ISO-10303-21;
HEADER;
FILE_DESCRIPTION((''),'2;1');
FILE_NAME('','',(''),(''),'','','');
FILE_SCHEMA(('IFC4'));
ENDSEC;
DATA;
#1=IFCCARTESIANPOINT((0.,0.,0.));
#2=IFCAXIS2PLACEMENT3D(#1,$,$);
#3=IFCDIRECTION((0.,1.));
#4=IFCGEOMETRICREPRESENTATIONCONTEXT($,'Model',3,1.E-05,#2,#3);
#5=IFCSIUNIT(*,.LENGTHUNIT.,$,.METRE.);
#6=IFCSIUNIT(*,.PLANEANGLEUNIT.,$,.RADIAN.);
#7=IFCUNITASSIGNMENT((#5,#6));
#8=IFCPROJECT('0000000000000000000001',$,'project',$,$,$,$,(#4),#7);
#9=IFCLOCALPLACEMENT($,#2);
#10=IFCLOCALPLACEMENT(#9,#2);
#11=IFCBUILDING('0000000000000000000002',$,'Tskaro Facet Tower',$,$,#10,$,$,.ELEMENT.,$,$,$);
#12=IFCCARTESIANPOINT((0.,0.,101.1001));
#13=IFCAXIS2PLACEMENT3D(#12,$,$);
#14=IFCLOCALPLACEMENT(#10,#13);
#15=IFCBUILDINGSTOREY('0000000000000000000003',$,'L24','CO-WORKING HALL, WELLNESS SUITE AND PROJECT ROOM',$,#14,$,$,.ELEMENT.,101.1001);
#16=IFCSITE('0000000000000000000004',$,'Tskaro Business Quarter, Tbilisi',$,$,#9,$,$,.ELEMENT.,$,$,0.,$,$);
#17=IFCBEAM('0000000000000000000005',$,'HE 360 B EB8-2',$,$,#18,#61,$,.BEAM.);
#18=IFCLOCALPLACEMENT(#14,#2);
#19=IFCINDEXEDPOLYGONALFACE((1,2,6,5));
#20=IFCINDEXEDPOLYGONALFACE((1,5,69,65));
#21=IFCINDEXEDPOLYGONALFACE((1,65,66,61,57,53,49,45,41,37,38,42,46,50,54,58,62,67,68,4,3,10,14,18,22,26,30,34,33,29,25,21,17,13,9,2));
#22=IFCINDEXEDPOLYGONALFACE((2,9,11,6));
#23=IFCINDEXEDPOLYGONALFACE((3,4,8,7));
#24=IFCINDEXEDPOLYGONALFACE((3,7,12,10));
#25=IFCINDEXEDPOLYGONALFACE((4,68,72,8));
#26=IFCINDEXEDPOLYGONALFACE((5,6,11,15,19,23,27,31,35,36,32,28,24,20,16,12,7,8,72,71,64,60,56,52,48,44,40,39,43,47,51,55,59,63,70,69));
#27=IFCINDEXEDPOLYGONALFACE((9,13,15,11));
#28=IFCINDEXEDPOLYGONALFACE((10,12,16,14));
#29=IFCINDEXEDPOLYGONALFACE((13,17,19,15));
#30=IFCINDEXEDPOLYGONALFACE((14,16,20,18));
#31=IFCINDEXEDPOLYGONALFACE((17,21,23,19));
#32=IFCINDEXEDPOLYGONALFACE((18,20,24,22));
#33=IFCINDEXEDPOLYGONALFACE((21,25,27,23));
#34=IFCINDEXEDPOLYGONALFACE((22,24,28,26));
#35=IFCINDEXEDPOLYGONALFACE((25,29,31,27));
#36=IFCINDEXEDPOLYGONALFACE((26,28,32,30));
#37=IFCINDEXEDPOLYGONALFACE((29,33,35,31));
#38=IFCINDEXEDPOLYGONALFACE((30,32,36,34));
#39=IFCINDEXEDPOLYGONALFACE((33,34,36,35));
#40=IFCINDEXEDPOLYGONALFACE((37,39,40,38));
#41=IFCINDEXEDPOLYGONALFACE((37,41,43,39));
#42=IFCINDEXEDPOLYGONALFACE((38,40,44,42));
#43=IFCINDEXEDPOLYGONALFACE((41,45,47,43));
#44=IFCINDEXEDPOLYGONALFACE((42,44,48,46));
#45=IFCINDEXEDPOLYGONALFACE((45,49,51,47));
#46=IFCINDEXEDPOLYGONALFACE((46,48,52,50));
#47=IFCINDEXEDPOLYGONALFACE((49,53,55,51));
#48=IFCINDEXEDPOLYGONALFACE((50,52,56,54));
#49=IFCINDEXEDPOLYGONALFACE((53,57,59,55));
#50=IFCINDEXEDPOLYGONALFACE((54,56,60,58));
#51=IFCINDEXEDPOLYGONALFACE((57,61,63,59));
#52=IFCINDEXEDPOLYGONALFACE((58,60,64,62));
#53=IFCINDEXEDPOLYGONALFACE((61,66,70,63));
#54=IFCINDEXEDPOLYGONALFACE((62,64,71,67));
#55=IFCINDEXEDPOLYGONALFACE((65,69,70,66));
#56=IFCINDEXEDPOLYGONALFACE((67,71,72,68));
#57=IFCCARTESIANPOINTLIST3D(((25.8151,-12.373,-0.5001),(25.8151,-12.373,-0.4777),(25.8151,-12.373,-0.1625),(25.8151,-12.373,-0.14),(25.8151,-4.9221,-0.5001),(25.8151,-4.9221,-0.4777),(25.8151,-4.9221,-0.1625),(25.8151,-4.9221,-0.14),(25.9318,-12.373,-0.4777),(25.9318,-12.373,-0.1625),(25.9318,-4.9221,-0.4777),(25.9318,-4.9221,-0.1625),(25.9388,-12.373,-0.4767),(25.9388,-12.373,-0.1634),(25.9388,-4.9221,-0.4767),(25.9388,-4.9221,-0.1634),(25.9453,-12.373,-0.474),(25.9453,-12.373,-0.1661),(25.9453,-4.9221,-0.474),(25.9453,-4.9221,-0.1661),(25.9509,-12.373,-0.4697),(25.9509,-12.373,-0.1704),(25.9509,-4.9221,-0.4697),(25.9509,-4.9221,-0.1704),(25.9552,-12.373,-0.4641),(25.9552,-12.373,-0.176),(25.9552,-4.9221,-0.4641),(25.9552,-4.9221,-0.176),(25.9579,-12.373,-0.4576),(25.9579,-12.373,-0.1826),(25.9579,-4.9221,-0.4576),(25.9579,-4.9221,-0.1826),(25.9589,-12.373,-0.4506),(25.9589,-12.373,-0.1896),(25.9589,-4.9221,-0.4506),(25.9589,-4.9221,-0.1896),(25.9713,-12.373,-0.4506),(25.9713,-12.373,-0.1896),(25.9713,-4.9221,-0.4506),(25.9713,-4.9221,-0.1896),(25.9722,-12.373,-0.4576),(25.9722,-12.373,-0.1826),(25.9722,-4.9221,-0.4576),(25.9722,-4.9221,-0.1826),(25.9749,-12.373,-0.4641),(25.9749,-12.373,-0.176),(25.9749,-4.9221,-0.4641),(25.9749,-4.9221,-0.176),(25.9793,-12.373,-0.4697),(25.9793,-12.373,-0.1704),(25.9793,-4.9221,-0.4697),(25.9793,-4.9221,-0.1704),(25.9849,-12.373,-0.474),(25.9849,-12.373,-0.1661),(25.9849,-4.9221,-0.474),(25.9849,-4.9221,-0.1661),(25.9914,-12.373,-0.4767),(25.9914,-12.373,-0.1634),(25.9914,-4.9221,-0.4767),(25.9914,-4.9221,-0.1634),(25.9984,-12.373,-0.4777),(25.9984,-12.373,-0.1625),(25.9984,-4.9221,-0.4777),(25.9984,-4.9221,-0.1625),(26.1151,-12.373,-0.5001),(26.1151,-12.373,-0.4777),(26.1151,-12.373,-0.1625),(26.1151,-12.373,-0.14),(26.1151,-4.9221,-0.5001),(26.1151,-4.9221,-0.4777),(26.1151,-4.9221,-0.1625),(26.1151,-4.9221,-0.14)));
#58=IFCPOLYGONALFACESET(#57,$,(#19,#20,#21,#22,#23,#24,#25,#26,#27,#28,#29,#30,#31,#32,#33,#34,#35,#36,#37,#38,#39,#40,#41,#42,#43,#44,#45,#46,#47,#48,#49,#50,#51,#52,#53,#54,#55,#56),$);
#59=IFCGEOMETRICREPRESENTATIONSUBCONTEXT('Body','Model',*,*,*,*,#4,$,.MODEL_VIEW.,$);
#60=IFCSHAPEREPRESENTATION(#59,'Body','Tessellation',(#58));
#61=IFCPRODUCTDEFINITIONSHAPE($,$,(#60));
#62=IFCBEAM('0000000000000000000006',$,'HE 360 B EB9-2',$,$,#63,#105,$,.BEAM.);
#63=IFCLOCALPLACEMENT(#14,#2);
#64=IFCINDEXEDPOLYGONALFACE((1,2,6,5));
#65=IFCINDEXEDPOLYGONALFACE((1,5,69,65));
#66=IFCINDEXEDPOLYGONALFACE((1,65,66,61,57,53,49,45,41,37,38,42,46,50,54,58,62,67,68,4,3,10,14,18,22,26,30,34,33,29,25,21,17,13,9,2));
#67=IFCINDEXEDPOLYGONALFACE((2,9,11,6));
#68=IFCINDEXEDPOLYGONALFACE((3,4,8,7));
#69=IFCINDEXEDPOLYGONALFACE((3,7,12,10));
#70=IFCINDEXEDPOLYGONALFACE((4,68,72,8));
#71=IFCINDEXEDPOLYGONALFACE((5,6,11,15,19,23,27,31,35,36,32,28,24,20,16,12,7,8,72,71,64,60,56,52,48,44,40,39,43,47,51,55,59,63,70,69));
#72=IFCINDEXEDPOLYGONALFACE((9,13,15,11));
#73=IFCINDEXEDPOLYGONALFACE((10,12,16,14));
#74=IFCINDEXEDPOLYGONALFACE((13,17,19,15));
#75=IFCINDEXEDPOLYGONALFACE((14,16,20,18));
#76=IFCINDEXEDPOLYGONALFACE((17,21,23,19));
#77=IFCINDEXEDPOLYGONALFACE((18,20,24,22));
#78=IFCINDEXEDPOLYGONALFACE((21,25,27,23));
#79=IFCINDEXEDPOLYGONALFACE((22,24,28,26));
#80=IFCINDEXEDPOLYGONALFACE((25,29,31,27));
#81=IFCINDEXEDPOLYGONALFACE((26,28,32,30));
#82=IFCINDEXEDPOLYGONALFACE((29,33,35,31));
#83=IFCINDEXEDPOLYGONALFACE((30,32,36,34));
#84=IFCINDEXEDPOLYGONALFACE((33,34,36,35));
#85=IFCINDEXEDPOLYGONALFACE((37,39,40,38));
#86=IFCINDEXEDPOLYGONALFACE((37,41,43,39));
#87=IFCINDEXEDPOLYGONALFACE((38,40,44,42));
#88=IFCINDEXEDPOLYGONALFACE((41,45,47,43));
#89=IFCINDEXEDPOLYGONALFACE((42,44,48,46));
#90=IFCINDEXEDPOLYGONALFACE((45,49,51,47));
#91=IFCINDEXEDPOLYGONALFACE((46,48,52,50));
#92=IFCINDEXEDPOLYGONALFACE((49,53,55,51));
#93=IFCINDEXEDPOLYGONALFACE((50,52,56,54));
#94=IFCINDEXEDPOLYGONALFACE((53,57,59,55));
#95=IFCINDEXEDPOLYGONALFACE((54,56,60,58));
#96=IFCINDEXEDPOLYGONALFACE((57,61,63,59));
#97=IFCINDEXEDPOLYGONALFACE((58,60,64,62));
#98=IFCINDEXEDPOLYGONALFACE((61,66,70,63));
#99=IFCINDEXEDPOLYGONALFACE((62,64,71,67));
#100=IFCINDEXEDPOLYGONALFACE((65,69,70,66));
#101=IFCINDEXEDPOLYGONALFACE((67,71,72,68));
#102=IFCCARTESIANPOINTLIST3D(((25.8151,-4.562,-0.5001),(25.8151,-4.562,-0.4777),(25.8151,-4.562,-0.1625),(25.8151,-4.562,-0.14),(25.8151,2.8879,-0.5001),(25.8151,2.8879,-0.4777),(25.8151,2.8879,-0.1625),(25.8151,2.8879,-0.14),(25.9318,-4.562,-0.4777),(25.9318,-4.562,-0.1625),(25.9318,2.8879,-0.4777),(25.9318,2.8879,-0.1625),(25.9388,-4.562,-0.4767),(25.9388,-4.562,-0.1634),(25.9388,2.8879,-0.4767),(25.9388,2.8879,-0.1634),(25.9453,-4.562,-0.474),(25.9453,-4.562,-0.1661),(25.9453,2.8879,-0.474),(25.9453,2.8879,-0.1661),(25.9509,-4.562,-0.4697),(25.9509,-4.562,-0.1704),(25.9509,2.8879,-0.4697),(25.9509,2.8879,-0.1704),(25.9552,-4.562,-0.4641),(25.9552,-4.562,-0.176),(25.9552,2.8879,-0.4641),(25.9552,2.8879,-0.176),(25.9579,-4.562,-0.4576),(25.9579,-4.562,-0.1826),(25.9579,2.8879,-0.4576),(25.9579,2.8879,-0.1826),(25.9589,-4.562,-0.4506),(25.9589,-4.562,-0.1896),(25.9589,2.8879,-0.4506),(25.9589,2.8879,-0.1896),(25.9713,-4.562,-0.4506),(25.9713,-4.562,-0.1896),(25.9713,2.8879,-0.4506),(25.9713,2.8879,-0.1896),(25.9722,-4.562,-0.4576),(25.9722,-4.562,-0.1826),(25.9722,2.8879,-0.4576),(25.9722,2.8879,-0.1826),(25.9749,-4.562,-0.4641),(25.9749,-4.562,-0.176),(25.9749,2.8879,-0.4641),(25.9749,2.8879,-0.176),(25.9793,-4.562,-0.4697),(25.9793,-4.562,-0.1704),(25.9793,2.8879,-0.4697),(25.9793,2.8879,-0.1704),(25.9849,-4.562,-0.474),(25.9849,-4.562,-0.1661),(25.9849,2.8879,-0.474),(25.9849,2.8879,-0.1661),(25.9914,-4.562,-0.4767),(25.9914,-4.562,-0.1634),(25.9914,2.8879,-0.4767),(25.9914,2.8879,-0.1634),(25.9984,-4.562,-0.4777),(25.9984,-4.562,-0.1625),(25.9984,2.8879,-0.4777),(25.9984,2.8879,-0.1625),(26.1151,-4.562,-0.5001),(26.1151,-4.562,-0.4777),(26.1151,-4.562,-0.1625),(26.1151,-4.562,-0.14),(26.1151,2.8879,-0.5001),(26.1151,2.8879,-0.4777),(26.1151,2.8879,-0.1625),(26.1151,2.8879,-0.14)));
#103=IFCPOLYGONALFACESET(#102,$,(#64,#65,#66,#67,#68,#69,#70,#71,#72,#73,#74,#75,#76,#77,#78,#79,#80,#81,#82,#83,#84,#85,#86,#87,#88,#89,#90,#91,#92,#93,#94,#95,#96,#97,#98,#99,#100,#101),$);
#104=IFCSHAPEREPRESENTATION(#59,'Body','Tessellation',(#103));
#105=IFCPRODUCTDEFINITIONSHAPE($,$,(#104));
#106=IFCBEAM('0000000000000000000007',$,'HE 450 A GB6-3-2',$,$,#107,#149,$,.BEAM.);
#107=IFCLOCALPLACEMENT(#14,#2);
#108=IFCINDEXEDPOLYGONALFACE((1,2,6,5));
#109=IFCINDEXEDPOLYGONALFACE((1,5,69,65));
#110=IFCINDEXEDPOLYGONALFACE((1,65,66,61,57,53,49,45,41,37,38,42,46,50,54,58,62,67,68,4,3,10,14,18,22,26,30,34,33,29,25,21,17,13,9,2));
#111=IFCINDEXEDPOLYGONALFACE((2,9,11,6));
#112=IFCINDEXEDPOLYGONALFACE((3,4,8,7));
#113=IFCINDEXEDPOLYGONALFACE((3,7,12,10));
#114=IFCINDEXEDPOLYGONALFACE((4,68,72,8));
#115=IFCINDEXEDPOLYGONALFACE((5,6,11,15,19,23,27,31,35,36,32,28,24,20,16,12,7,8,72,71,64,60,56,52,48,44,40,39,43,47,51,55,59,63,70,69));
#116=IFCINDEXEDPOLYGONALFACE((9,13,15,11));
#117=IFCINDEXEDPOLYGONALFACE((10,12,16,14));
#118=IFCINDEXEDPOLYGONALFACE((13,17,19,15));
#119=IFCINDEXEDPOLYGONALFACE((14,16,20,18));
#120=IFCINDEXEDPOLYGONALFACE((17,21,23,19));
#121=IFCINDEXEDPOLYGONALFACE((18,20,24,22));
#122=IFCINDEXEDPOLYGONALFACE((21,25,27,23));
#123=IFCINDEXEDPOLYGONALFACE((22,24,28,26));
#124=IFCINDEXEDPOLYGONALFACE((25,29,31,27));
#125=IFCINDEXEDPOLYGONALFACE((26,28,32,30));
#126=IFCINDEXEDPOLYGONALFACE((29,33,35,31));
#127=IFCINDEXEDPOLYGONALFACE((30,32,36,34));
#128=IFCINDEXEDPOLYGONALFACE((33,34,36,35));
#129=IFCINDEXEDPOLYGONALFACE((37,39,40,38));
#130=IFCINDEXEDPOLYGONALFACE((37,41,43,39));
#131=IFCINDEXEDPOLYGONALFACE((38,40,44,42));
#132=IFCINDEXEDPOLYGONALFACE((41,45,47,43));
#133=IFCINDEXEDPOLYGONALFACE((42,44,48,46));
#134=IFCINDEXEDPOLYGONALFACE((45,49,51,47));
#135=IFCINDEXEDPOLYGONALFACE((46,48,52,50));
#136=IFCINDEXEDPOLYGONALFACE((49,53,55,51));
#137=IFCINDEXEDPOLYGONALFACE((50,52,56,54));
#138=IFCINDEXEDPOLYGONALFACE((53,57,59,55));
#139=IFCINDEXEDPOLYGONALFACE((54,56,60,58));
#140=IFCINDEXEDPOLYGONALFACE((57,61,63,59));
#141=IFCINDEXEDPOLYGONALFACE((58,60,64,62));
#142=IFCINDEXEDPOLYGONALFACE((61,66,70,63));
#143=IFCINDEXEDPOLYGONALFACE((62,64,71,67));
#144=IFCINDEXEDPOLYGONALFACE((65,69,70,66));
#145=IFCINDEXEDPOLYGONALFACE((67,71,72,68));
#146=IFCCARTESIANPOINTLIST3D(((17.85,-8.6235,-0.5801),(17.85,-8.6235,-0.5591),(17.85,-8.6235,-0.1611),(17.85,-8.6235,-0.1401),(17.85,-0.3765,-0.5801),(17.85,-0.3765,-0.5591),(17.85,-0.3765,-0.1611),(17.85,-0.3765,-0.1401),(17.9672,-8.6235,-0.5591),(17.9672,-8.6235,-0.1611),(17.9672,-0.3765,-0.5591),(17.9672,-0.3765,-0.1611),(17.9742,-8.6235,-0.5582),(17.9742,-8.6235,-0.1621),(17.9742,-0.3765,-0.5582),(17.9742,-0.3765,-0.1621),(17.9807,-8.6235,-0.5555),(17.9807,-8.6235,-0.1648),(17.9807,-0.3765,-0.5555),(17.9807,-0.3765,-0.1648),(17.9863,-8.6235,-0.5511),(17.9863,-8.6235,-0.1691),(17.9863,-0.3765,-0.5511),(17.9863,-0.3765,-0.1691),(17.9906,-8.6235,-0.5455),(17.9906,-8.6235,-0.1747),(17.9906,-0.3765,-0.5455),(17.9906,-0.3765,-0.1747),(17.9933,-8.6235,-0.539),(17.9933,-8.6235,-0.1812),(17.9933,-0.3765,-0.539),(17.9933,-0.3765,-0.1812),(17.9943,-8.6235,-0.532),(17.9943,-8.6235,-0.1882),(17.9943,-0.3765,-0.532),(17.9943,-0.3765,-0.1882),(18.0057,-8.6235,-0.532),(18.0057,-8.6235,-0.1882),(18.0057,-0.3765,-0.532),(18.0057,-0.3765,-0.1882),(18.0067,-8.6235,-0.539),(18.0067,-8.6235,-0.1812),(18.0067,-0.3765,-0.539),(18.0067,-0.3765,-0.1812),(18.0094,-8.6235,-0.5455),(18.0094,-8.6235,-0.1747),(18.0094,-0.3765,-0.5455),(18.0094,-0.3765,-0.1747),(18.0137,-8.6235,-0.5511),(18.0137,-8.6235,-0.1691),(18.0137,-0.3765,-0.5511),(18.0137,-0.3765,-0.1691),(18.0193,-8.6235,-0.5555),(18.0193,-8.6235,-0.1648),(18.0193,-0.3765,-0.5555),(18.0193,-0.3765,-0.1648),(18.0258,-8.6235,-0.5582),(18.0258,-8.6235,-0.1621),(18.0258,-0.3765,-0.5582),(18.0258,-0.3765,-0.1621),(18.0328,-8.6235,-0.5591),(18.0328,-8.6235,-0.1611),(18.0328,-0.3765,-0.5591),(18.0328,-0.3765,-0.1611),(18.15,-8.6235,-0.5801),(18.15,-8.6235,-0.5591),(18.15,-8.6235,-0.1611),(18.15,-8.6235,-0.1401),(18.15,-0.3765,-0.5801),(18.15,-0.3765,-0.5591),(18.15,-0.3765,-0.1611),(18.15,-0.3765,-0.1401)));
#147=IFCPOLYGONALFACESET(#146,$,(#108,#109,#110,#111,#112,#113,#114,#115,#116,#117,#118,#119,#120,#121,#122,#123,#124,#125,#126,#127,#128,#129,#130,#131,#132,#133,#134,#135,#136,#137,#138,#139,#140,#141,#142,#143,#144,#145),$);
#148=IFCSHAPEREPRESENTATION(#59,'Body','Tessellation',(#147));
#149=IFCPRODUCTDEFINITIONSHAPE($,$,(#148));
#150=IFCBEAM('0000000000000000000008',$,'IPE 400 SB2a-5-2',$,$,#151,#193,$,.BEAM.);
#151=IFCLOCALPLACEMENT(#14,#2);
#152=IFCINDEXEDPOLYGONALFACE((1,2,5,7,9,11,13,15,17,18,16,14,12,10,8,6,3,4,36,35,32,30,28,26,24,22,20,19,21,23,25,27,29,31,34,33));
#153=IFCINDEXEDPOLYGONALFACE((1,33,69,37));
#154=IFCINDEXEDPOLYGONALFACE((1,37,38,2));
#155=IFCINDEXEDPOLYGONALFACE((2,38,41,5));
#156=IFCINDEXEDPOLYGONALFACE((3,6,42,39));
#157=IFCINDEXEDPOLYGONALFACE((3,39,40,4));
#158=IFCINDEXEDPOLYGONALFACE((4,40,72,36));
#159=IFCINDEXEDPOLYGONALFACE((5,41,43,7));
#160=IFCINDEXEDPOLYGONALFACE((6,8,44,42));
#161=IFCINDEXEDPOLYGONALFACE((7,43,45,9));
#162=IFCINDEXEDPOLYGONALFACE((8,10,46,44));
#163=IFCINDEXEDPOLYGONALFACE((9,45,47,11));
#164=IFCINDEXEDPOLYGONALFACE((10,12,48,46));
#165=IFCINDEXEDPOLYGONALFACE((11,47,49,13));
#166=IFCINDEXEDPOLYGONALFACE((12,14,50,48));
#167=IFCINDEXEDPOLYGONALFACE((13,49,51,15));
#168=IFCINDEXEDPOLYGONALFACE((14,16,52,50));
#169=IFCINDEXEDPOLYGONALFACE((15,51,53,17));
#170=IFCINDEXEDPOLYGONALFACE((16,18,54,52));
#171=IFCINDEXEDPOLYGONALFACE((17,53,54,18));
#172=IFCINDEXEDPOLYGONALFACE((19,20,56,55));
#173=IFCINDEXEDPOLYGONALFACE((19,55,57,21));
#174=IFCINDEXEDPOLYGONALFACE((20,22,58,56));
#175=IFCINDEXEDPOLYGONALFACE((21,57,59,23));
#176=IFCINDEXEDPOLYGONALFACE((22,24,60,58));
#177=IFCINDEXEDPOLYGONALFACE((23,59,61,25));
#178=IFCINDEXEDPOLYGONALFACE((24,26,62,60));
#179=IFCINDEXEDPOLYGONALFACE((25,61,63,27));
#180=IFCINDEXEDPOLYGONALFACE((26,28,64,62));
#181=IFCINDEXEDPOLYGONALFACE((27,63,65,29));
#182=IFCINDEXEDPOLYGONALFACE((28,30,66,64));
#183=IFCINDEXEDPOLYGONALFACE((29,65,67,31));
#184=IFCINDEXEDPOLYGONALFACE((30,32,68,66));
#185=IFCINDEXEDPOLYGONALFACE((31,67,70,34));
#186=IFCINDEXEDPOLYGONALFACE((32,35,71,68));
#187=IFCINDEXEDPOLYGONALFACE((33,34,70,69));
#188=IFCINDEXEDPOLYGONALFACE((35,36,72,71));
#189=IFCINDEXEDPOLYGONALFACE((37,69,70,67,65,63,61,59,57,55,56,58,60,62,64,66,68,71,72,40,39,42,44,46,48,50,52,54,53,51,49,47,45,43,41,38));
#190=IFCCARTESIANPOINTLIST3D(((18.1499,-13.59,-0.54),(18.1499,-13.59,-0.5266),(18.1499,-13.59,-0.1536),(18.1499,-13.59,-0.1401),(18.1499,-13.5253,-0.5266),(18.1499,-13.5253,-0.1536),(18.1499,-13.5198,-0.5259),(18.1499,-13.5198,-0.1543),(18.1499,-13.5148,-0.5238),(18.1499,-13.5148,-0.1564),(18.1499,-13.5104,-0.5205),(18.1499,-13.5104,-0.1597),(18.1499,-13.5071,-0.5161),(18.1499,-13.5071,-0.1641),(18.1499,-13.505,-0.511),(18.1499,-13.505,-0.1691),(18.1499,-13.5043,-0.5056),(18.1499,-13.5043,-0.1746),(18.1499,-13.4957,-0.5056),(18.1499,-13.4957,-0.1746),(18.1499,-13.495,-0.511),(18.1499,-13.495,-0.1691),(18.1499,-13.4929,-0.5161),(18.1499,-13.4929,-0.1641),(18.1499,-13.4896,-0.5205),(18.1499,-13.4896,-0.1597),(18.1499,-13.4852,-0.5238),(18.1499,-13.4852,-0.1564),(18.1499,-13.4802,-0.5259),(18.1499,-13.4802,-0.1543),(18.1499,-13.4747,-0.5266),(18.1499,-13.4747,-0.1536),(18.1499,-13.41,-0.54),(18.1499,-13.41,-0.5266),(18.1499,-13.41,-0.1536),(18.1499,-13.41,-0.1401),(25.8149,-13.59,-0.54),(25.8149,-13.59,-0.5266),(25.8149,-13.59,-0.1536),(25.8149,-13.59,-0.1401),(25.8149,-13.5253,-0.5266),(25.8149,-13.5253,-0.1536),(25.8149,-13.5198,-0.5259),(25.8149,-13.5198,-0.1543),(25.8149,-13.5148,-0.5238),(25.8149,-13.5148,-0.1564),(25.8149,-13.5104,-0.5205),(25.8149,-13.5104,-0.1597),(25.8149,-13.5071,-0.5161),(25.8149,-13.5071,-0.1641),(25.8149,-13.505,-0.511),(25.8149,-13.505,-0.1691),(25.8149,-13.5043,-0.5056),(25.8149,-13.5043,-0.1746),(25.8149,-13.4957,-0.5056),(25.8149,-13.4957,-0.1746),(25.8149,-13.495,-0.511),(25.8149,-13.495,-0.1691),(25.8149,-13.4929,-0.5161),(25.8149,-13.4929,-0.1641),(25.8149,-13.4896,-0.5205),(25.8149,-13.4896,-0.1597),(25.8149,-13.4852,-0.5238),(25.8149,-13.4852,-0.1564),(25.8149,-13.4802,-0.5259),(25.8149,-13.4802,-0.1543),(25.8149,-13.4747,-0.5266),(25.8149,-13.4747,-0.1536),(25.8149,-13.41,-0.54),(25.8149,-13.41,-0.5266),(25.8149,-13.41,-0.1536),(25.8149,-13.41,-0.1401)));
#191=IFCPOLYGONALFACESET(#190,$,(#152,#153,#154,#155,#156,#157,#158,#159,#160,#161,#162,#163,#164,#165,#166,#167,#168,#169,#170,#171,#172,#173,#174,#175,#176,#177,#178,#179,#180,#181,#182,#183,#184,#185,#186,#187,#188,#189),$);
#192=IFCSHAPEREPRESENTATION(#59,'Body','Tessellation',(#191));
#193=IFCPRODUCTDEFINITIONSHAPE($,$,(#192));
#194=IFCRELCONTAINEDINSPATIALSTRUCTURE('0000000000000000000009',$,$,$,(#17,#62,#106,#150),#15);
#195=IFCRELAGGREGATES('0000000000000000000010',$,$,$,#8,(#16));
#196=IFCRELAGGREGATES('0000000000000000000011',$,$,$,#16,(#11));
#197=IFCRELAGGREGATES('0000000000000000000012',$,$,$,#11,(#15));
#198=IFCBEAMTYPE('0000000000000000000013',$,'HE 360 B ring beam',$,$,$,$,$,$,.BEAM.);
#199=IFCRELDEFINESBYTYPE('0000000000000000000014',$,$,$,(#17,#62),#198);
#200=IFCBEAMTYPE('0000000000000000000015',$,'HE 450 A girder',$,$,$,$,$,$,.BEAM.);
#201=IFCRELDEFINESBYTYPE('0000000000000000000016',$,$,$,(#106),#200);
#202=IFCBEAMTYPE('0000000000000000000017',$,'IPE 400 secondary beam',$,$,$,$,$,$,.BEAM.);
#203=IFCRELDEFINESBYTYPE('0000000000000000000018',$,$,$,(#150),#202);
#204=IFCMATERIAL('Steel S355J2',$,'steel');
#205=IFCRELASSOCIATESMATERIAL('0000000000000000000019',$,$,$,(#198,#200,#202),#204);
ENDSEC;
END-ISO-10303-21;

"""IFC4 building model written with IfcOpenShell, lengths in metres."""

from ifc_helpers import new_model, si_unit, direction, frame, origin, origin_2d, place, context, subcontext, project, spatial, i_section, extrude, material, material_profile, profile_set, type_object, element, save


model = new_model("IFC4")

# Units and contexts
model_context = context("Model", 3, precision=1e-05, world=origin(), true_north=direction((0.0, 1.0)))
body_context = subcontext(model_context, "Body", "Model", "MODEL_VIEW")
ifc_project = project(units=[si_unit("LENGTHUNIT", "METRE"), si_unit("PLANEANGLEUNIT", "RADIAN")], contexts=[model_context])

# Site, building, storey
site_placement = place(None, origin())
site = spatial("IfcSite", under=ifc_project, at=site_placement, Name="Tskaro Business Quarter, Tbilisi", CompositionType="ELEMENT", RefElevation=0.0)
building_placement = place(site_placement, origin())
building = spatial("IfcBuilding", under=site, at=building_placement, Name="Tskaro Facet Tower", CompositionType="ELEMENT")
storey_placement = place(building_placement, frame((0.0, 0.0, 101.1001)))
storey = spatial("IfcBuildingStorey", under=building, at=storey_placement, Name="L24", Description="CO-WORKING HALL, WELLNESS SUITE AND PROJECT ROOM", CompositionType="ELEMENT", Elevation=101.1001)

# Beams
ifc_material_1 = material(Name="Steel S355J2", Category="steel")
ifc_material_profile_1 = material_profile(ifc_material_1, i_section(OverallWidth=0.3, OverallDepth=0.3601, WebThickness=0.0125, FlangeThickness=0.0225, FilletRadius=0.0271, at=origin_2d()), Name="HE 360 B")
ifc_profile_set_1 = profile_set([ifc_material_profile_1], Name="Steel S355J2")
beam_type_1 = type_object("IfcBeamType", Name="HE 360 B ring beam", PredefinedType="BEAM", material=ifc_profile_set_1)
beam_1_placement = place(storey_placement, frame((25.9651, -12.373, -0.3201), z_axis=(0.0, 1.0, 0.0), x_axis=(-1.0, 0.0, 0.0)))
element("IfcBeam", 1, at=beam_1_placement, inside=storey, type_object=beam_type_1, Name="HE 360 B EB8-2", PredefinedType="BEAM", context=body_context, shape_type="SweptSolid", body=[
    extrude(i_section(OverallWidth=0.3, OverallDepth=0.3601, WebThickness=0.0125, FlangeThickness=0.0225, FilletRadius=0.0271, at=origin_2d()), origin(), (0.0, 0.0, 1.0), 7.4509),
])
beam_2_placement = place(storey_placement, frame((25.9651, -4.562, -0.3201), z_axis=(0.0, 1.0, 0.0), x_axis=(-1.0, 0.0, 0.0)))
element("IfcBeam", 2, at=beam_2_placement, inside=storey, type_object=beam_type_1, Name="HE 360 B EB9-2", PredefinedType="BEAM", context=body_context, shape_type="SweptSolid", body=[
    extrude(i_section(OverallWidth=0.3, OverallDepth=0.3601, WebThickness=0.0125, FlangeThickness=0.0225, FilletRadius=0.0271, at=origin_2d()), origin(), (0.0, 0.0, 1.0), 7.45),
])
ifc_material_profile_2 = material_profile(ifc_material_1, i_section(OverallWidth=0.3, OverallDepth=0.4399, WebThickness=0.0115, FlangeThickness=0.021, FilletRadius=0.0271, at=origin_2d()), Name="HE 450 A")
ifc_profile_set_2 = profile_set([ifc_material_profile_2], Name="Steel S355J2")
beam_type_2 = type_object("IfcBeamType", Name="HE 450 A girder", PredefinedType="BEAM", material=ifc_profile_set_2)
beam_3_placement = place(storey_placement, frame((18.0, -8.6235, -0.3601), z_axis=(0.0, 1.0, 0.0), x_axis=(-1.0, 0.0, 0.0)))
element("IfcBeam", 3, at=beam_3_placement, inside=storey, type_object=beam_type_2, Name="HE 450 A GB6-3-2", PredefinedType="BEAM", context=body_context, shape_type="SweptSolid", body=[
    extrude(i_section(OverallWidth=0.3, OverallDepth=0.4399, WebThickness=0.0115, FlangeThickness=0.021, FilletRadius=0.0271, at=origin_2d()), origin(), (0.0, 0.0, 1.0), 8.2471),
])
ifc_material_profile_3 = material_profile(ifc_material_1, i_section(OverallWidth=0.1799, OverallDepth=0.3999, WebThickness=0.0085, FlangeThickness=0.0134, FilletRadius=0.021, at=origin_2d()), Name="IPE 400")
ifc_profile_set_3 = profile_set([ifc_material_profile_3], Name="Steel S355J2")
beam_type_3 = type_object("IfcBeamType", Name="IPE 400 secondary beam", PredefinedType="BEAM", material=ifc_profile_set_3)
for number, where, z_axis, x_axis, name in (
    (4, (18.1499, -13.5, -0.3401), (1.0, 0.0, 0.0), (0.0, 1.0, 0.0), "IPE 400 SB2a-5-2"),
):
    element("IfcBeam", number, at=place(storey_placement, frame(where, z_axis=z_axis, x_axis=x_axis)), inside=storey, type_object=beam_type_3, Name=name, PredefinedType="BEAM", context=body_context, shape_type="SweptSolid", body=[
        extrude(i_section(OverallWidth=0.1799, OverallDepth=0.3999, WebThickness=0.0085, FlangeThickness=0.0134, FilletRadius=0.021, at=origin_2d()), origin(), (0.0, 0.0, 1.0), 7.665),
    ])

save(model, "model.ifc")
